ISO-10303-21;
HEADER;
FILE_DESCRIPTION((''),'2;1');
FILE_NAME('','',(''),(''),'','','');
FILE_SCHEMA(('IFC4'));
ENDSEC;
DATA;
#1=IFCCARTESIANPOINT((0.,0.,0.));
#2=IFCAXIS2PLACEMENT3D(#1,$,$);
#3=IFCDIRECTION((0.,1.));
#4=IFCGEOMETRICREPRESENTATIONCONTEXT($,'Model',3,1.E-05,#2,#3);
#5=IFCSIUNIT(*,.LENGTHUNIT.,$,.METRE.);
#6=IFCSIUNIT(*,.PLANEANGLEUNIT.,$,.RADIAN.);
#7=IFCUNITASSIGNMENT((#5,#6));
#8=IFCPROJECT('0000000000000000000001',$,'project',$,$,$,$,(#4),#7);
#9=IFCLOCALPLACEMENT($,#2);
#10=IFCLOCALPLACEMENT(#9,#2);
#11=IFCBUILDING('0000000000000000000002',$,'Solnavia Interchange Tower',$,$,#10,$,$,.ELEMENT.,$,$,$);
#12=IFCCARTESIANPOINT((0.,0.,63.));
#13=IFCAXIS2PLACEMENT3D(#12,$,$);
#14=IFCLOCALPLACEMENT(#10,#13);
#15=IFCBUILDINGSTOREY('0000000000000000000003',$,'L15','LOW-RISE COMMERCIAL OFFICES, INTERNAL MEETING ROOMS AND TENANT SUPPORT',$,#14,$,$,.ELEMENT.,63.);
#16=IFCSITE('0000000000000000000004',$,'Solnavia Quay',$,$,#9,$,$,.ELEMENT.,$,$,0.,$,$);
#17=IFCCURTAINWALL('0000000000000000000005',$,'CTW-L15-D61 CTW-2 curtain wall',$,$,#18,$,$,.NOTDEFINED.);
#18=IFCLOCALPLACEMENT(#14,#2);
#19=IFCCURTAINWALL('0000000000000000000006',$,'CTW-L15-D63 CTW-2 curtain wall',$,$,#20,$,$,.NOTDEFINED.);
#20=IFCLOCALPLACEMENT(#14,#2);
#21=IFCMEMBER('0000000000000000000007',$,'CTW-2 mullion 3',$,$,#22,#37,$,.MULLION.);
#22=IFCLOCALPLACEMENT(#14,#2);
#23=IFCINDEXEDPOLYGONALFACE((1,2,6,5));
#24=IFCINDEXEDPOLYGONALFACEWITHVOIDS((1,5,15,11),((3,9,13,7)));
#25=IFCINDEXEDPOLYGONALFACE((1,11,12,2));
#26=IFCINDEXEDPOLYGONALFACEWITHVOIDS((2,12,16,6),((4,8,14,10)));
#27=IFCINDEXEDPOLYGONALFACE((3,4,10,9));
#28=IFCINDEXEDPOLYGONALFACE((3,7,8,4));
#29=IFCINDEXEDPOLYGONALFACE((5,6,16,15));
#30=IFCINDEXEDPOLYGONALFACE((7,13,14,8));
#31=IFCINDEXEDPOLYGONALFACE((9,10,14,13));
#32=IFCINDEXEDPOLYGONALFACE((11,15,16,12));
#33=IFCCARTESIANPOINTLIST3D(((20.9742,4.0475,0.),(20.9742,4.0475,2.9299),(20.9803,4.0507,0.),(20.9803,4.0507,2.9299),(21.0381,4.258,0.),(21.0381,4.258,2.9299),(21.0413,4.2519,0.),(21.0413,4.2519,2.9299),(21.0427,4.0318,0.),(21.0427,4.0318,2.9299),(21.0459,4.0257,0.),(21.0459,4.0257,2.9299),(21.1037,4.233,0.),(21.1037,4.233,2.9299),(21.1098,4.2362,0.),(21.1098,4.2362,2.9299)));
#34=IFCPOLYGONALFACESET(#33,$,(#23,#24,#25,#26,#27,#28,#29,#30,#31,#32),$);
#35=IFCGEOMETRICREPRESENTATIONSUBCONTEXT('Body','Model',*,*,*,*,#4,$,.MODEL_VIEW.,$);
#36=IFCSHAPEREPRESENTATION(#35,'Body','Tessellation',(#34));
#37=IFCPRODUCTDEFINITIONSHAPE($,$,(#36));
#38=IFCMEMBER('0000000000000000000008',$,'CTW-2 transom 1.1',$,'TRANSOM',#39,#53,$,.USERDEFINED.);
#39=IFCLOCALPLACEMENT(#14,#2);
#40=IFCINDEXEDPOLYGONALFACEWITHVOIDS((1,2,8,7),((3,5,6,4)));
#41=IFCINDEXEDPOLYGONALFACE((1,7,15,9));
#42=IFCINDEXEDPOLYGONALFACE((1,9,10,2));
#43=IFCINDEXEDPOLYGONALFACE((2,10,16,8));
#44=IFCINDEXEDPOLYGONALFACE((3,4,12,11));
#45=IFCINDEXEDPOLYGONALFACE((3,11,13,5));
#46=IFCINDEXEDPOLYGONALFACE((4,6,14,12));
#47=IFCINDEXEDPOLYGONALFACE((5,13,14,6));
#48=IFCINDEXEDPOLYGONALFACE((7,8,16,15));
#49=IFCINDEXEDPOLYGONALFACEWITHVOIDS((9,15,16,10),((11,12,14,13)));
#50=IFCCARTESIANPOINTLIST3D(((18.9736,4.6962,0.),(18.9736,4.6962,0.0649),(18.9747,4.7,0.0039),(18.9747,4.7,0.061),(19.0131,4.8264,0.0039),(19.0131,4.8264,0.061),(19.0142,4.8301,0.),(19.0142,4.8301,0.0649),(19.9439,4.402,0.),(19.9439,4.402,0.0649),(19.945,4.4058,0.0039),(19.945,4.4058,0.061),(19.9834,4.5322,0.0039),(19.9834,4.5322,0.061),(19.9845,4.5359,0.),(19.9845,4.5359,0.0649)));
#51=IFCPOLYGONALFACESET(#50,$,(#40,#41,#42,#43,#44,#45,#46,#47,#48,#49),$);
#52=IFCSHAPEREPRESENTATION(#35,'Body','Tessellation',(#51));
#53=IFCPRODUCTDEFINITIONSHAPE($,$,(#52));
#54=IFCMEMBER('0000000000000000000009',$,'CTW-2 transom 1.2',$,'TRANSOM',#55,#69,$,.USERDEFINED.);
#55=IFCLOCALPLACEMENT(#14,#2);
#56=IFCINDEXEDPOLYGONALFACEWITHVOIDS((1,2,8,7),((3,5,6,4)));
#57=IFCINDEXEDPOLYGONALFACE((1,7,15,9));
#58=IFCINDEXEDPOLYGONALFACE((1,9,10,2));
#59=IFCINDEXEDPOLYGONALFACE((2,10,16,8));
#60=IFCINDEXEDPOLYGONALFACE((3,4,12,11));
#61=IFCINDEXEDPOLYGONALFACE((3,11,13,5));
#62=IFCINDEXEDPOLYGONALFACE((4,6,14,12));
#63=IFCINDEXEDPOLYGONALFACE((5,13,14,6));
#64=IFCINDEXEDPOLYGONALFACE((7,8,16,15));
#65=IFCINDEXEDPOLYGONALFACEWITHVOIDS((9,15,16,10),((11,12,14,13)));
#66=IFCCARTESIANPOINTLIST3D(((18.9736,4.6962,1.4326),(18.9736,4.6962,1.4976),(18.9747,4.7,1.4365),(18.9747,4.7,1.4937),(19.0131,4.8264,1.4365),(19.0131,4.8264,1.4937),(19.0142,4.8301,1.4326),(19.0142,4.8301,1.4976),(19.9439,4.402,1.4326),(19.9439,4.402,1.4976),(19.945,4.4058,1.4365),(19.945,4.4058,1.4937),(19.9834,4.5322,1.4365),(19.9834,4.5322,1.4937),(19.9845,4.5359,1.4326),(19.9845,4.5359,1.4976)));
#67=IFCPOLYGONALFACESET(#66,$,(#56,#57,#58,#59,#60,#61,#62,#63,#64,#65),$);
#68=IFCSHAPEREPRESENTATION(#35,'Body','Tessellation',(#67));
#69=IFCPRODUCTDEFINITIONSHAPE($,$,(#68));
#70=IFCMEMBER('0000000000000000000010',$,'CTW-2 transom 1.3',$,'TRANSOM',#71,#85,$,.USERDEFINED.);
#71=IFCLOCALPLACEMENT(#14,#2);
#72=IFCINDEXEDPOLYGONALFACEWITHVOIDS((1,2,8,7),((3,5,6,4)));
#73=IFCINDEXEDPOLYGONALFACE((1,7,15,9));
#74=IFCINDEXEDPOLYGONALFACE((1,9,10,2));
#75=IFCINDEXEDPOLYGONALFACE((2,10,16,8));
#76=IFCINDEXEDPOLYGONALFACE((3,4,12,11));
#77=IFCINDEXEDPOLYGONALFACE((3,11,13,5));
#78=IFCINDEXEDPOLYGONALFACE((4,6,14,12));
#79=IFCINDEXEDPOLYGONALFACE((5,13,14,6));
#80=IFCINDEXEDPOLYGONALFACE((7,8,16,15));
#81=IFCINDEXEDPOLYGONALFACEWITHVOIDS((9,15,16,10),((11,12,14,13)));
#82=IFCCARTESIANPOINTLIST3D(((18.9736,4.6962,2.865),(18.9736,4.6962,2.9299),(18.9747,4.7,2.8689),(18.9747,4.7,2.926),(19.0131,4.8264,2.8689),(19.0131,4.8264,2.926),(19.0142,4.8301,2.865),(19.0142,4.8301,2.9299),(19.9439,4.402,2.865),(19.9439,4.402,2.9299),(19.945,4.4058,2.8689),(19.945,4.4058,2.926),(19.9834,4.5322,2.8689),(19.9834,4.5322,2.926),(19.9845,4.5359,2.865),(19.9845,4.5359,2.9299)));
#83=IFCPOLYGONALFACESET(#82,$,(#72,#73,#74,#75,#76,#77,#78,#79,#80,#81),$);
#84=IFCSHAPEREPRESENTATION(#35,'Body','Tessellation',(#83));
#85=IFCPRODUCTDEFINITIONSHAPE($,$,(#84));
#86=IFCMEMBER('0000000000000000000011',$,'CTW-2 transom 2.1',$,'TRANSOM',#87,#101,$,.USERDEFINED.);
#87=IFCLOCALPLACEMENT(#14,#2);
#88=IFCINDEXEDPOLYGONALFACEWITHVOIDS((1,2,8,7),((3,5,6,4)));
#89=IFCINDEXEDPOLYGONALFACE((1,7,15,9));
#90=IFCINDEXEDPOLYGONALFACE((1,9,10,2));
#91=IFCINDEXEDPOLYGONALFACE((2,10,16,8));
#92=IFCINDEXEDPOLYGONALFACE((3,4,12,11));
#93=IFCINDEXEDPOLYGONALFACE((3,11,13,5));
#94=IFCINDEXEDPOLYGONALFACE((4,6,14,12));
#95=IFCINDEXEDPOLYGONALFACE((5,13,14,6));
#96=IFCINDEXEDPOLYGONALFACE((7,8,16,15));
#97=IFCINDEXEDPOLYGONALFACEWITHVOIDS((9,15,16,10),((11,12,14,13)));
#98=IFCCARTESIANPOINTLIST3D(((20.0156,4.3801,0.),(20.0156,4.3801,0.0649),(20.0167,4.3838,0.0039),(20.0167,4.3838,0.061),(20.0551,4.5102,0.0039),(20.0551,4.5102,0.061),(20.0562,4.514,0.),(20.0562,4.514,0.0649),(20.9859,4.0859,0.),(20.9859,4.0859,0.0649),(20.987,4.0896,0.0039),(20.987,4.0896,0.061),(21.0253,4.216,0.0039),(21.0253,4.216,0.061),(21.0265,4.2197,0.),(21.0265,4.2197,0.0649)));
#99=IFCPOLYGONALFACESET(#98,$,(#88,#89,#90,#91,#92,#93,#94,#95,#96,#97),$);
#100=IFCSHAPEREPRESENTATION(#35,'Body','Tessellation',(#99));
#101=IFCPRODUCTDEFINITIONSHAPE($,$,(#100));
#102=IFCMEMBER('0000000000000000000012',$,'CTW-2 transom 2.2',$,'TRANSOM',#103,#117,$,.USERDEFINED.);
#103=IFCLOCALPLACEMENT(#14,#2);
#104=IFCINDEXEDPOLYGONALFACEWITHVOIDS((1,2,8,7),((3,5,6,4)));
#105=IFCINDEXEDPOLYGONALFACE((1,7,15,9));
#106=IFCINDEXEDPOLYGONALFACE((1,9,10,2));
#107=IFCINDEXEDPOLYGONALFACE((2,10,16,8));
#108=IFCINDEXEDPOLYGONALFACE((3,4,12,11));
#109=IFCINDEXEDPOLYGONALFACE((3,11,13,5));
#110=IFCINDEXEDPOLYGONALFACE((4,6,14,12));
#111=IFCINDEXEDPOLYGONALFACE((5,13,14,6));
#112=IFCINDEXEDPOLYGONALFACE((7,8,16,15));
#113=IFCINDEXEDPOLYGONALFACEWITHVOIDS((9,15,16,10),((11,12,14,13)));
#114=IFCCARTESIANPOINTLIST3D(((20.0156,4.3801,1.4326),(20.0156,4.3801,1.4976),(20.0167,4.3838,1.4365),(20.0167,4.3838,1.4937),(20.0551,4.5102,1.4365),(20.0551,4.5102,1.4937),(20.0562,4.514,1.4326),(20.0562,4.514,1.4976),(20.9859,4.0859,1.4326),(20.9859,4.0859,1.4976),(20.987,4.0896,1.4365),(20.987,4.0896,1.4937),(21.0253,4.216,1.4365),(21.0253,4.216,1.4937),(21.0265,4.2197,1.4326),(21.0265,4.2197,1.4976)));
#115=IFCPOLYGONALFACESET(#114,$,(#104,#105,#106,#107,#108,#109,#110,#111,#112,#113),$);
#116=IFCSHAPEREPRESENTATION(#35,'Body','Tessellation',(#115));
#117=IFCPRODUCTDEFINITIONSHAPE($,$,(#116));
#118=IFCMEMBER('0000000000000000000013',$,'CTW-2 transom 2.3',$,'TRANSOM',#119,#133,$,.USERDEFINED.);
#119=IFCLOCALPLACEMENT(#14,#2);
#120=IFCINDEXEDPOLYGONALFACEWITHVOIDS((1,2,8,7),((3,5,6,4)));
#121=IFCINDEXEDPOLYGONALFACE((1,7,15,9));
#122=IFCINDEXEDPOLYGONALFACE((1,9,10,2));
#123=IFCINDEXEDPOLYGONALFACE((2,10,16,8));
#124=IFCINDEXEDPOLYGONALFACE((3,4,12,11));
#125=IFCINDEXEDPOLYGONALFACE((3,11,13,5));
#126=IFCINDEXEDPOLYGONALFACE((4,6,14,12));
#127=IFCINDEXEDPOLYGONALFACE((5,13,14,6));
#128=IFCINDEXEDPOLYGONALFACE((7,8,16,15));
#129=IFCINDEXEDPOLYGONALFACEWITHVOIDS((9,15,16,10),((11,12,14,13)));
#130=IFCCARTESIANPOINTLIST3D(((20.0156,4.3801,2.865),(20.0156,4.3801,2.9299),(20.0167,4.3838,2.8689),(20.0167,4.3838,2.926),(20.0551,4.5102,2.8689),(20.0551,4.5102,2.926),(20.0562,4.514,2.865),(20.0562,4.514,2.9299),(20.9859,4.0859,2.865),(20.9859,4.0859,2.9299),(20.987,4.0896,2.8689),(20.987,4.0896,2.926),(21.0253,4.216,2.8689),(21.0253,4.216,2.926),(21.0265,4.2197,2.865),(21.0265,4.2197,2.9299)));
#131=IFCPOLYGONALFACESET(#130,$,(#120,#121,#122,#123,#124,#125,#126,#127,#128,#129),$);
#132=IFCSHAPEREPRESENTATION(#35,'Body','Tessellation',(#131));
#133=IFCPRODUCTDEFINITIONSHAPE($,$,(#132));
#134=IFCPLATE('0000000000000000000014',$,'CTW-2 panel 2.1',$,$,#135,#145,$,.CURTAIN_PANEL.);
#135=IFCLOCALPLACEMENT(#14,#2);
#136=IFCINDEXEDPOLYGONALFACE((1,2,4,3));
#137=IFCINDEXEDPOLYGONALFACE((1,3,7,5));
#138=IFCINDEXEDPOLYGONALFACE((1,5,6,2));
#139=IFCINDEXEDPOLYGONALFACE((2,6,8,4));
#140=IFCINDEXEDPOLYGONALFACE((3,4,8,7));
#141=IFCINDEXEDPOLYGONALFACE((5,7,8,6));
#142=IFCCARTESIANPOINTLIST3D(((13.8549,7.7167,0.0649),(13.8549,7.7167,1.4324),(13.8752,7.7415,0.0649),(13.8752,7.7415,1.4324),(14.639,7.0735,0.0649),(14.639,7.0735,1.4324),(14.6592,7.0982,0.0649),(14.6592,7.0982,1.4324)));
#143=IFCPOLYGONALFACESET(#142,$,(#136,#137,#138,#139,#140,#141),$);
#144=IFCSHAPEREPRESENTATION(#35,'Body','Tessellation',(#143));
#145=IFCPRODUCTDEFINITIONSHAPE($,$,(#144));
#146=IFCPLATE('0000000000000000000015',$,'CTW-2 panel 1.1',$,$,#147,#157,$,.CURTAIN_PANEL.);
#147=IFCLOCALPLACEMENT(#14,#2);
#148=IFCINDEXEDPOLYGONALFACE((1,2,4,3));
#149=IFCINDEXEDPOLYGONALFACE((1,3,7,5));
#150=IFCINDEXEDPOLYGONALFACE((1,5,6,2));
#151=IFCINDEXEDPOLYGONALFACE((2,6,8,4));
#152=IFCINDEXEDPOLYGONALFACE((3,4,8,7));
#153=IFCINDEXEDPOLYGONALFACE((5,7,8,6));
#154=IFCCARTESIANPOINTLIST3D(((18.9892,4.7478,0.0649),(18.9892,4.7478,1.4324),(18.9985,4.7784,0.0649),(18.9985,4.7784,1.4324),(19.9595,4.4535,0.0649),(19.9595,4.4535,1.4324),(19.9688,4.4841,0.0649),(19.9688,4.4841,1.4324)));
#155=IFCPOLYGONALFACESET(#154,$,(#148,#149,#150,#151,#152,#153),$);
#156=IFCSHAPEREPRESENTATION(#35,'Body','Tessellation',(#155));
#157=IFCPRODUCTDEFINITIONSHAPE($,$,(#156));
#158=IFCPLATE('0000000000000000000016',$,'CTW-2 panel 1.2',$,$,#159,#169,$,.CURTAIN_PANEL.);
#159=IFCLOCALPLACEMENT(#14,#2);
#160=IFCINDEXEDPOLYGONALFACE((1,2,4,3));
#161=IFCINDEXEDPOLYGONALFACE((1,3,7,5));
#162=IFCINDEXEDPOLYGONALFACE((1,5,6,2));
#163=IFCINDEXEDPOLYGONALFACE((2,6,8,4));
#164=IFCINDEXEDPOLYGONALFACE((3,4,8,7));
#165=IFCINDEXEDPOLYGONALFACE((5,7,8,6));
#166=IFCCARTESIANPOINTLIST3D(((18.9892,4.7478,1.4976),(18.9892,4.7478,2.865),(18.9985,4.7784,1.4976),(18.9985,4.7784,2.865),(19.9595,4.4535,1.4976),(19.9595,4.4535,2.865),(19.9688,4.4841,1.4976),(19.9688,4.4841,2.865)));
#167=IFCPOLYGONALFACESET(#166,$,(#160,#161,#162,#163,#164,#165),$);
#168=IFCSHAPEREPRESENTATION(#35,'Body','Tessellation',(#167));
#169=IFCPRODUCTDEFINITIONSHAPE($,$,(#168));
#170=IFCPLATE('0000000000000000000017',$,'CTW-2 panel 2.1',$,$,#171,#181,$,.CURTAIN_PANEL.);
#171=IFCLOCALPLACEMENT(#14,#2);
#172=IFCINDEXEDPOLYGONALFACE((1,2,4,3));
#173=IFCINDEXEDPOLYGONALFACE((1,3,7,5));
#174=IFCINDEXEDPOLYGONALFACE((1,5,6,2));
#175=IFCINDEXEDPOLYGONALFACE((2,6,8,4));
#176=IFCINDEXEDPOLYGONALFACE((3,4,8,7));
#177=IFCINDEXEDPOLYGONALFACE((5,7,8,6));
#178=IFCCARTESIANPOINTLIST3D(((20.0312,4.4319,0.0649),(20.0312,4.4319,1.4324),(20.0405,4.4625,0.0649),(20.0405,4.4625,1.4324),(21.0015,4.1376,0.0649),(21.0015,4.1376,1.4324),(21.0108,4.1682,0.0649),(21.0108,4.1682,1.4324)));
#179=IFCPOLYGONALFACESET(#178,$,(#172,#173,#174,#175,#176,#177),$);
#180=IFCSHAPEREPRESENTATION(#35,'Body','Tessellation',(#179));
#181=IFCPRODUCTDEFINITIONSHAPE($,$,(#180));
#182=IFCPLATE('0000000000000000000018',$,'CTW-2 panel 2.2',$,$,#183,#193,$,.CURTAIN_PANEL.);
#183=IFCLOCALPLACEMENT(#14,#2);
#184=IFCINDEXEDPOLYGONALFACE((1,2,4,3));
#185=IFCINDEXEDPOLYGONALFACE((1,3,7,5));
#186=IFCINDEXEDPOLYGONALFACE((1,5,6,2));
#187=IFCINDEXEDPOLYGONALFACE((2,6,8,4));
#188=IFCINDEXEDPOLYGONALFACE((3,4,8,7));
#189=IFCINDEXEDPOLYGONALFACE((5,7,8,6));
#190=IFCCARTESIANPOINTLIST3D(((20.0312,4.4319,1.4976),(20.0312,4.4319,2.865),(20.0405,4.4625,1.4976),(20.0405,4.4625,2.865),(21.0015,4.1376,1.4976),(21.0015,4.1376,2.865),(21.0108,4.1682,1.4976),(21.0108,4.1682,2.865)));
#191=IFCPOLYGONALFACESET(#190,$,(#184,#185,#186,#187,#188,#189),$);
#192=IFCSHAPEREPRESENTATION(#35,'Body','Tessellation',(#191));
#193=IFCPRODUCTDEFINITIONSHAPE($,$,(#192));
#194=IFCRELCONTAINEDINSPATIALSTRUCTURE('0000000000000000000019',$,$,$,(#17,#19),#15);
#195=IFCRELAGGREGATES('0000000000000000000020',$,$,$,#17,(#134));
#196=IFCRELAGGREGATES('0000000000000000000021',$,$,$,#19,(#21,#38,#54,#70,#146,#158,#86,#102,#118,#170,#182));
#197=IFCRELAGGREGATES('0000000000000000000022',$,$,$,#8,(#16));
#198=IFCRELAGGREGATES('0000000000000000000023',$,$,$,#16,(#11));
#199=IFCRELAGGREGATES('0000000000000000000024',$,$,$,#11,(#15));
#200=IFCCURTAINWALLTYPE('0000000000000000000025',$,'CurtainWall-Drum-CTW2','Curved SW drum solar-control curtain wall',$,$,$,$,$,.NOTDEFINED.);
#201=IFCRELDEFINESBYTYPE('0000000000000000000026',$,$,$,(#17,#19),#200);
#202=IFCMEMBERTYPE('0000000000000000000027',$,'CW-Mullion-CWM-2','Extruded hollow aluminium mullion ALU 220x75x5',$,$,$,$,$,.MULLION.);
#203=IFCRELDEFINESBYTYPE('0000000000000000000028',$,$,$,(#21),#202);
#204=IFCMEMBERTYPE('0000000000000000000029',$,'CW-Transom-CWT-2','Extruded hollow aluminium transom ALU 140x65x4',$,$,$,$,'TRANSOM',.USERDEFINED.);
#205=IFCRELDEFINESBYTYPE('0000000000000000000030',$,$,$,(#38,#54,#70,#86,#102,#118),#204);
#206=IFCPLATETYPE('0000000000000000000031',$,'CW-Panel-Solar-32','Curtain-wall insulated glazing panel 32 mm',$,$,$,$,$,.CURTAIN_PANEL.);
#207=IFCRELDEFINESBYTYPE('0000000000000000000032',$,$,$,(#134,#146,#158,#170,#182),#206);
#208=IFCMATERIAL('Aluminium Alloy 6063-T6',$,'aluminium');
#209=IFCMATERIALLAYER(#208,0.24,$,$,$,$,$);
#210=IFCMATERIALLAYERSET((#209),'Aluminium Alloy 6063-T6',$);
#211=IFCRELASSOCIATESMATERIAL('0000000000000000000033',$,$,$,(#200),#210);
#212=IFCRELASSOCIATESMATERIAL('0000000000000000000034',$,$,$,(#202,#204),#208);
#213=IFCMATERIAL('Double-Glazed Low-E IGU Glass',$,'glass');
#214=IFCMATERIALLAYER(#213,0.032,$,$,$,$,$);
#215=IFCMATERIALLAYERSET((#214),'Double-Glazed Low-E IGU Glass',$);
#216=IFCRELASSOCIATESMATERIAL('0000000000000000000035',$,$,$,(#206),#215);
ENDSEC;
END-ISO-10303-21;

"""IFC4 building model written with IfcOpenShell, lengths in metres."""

from ifc_helpers import new_model, si_unit, direction, frame, origin, origin_2d, place, context, subcontext, project, spatial, rectangle, hollow_rectangle, extrude, material, layer, layer_set, material_profile, profile_set, type_object, element, aggregate, save


model = new_model("IFC4")

# Units and contexts
model_context = context("Model", 3, precision=1e-05, world=origin(), true_north=direction((0.0, 1.0)))
body_context = subcontext(model_context, "Body", "Model", "MODEL_VIEW")
ifc_project = project(units=[si_unit("LENGTHUNIT", "METRE"), si_unit("PLANEANGLEUNIT", "RADIAN")], contexts=[model_context])

# Site, building, storey
site_placement = place(None, origin())
site = spatial("IfcSite", under=ifc_project, at=site_placement, Name="Solnavia Quay", CompositionType="ELEMENT", RefElevation=0.0)
building_placement = place(site_placement, origin())
building = spatial("IfcBuilding", under=site, at=building_placement, Name="Solnavia Interchange Tower", CompositionType="ELEMENT")
storey_placement = place(building_placement, frame((0.0, 0.0, 63.0)))
storey = spatial("IfcBuildingStorey", under=building, at=storey_placement, Name="L15", Description="LOW-RISE COMMERCIAL OFFICES, INTERNAL MEETING ROOMS AND TENANT SUPPORT", CompositionType="ELEMENT", Elevation=63.0)

# Curtain wall
ifc_material_1 = material(Name="Aluminium Alloy 6063-T6", Category="aluminium")
ifc_layer_1 = layer(ifc_material_1, 0.24)
ifc_layer_set_1 = layer_set([ifc_layer_1], Name="Aluminium Alloy 6063-T6")
curtain_wall_type = type_object("IfcCurtainWallType", Name="CurtainWall-Drum-CTW2", Description="Curved SW drum solar-control curtain wall", PredefinedType="NOTDEFINED", material=ifc_layer_set_1)
curtain_wall_1_placement = place(storey_placement, origin())
curtain_wall_1 = element("IfcCurtainWall", 1, at=curtain_wall_1_placement, inside=storey, type_object=curtain_wall_type, Name="CTW-L15-D61 CTW-2 curtain wall", PredefinedType="NOTDEFINED")
ifc_material_profile_1 = material_profile(ifc_material_1, hollow_rectangle(XDim=0.075, YDim=0.22, WallThickness=0.0049, at=origin_2d()), Name="ALU 220x75x5")
ifc_profile_set_1 = profile_set([ifc_material_profile_1], Name="Aluminium Alloy 6063-T6")
member_type_1 = type_object("IfcMemberType", Name="CW-Mullion-CWM-2", Description="Extruded hollow aluminium mullion ALU 220x75x5", PredefinedType="MULLION", material=ifc_profile_set_1)

# Curtain wall, members
curtain_wall_2_placement = place(storey_placement, origin())
curtain_wall_2 = element("IfcCurtainWall", 2, at=curtain_wall_2_placement, inside=storey, type_object=curtain_wall_type, Name="CTW-L15-D63 CTW-2 curtain wall", PredefinedType="NOTDEFINED")
member_1_placement = place(storey_placement, frame((21.042, 4.1418, 0.0), z_axis=(0.0, 0.0, 1.0), x_axis=(0.956935, -0.290303, 0.0)))
member_1 = element("IfcMember", 3, at=member_1_placement, type_object=member_type_1, Name="CTW-2 mullion 3", PredefinedType="MULLION", context=body_context, shape_type="SweptSolid", body=[
    extrude(hollow_rectangle(XDim=0.075, YDim=0.22, WallThickness=0.0049, at=origin_2d()), origin(), (0.0, 0.0, 1.0), 2.9299),
])
ifc_material_profile_2 = material_profile(ifc_material_1, hollow_rectangle(XDim=0.0649, YDim=0.1399, WallThickness=0.0039, at=origin_2d()), Name="ALU 140x65x4")
ifc_profile_set_2 = profile_set([ifc_material_profile_2], Name="Aluminium Alloy 6063-T6")
member_type_2 = type_object("IfcMemberType", Name="CW-Transom-CWT-2", Description="Extruded hollow aluminium transom ALU 140x65x4", ElementType="TRANSOM", PredefinedType="USERDEFINED", material=ifc_profile_set_2)
member_2_placement = place(storey_placement, frame((18.9939, 4.7632, 0.0325), z_axis=(0.956974, -0.290174, 0.0), x_axis=(0.0, 0.0, 1.0)))
member_2 = element("IfcMember", 4, at=member_2_placement, type_object=member_type_2, Name="CTW-2 transom 1.1", ObjectType="TRANSOM", PredefinedType="USERDEFINED", context=body_context, shape_type="SweptSolid", body=[
    extrude(hollow_rectangle(XDim=0.0649, YDim=0.1399, WallThickness=0.0039, at=origin_2d()), origin(), (0.0, 0.0, 1.0), 1.0139),
])
member_3_placement = place(storey_placement, frame((18.9939, 4.7632, 1.4651), z_axis=(0.956974, -0.290174, 0.0), x_axis=(0.0, 0.0, 1.0)))
member_3 = element("IfcMember", 5, at=member_3_placement, type_object=member_type_2, Name="CTW-2 transom 1.2", ObjectType="TRANSOM", PredefinedType="USERDEFINED", context=body_context, shape_type="SweptSolid", body=[
    extrude(hollow_rectangle(XDim=0.0649, YDim=0.1399, WallThickness=0.0039, at=origin_2d()), origin(), (0.0, 0.0, 1.0), 1.0139),
])
member_4_placement = place(storey_placement, frame((18.9939, 4.7632, 2.8975), z_axis=(0.956974, -0.290174, 0.0), x_axis=(0.0, 0.0, 1.0)))
member_4 = element("IfcMember", 6, at=member_4_placement, type_object=member_type_2, Name="CTW-2 transom 1.3", ObjectType="TRANSOM", PredefinedType="USERDEFINED", context=body_context, shape_type="SweptSolid", body=[
    extrude(hollow_rectangle(XDim=0.0649, YDim=0.1399, WallThickness=0.0039, at=origin_2d()), origin(), (0.0, 0.0, 1.0), 1.0139),
])
member_5_placement = place(storey_placement, frame((20.0359, 4.447, 0.0325), z_axis=(0.956974, -0.290174, 0.0), x_axis=(0.0, 0.0, 1.0)))
member_5 = element("IfcMember", 7, at=member_5_placement, type_object=member_type_2, Name="CTW-2 transom 2.1", ObjectType="TRANSOM", PredefinedType="USERDEFINED", context=body_context, shape_type="SweptSolid", body=[
    extrude(hollow_rectangle(XDim=0.0649, YDim=0.1399, WallThickness=0.0039, at=origin_2d()), origin(), (0.0, 0.0, 1.0), 1.0139),
])
member_6_placement = place(storey_placement, frame((20.0359, 4.447, 1.4651), z_axis=(0.956974, -0.290174, 0.0), x_axis=(0.0, 0.0, 1.0)))
member_6 = element("IfcMember", 8, at=member_6_placement, type_object=member_type_2, Name="CTW-2 transom 2.2", ObjectType="TRANSOM", PredefinedType="USERDEFINED", context=body_context, shape_type="SweptSolid", body=[
    extrude(hollow_rectangle(XDim=0.0649, YDim=0.1399, WallThickness=0.0039, at=origin_2d()), origin(), (0.0, 0.0, 1.0), 1.0139),
])
member_7_placement = place(storey_placement, frame((20.0359, 4.447, 2.8975), z_axis=(0.956974, -0.290174, 0.0), x_axis=(0.0, 0.0, 1.0)))
member_7 = element("IfcMember", 9, at=member_7_placement, type_object=member_type_2, Name="CTW-2 transom 2.3", ObjectType="TRANSOM", PredefinedType="USERDEFINED", context=body_context, shape_type="SweptSolid", body=[
    extrude(hollow_rectangle(XDim=0.0649, YDim=0.1399, WallThickness=0.0039, at=origin_2d()), origin(), (0.0, 0.0, 1.0), 1.0139),
])

# Plates
ifc_material_2 = material(Name="Double-Glazed Low-E IGU Glass", Category="glass")
ifc_layer_2 = layer(ifc_material_2, 0.032)
ifc_layer_set_2 = layer_set([ifc_layer_2], Name="Double-Glazed Low-E IGU Glass")
plate_type = type_object("IfcPlateType", Name="CW-Panel-Solar-32", Description="Curtain-wall insulated glazing panel 32 mm", PredefinedType="CURTAIN_PANEL", material=ifc_layer_set_2)
plate_1_placement = place(storey_placement, frame((14.2571, 7.4075, 0.0649), z_axis=(0.0, 0.0, 1.0), x_axis=(0.773095, -0.634291, 0.0)))
plate_1 = element("IfcPlate", 10, at=plate_1_placement, type_object=plate_type, Name="CTW-2 panel 2.1", PredefinedType="CURTAIN_PANEL", context=body_context, shape_type="SweptSolid", body=[
    extrude(rectangle(XDim=1.0142, YDim=0.032, at=origin_2d()), origin(), (0.0, 0.0, 1.0), 1.3674),
])
aggregate(curtain_wall_1, [plate_1])
plate_2_placement = place(storey_placement, frame((19.479, 4.616, 0.0649), z_axis=(0.0, 0.0, 1.0), x_axis=(0.956935, -0.290303, 0.0)))
plate_2 = element("IfcPlate", 11, at=plate_2_placement, type_object=plate_type, Name="CTW-2 panel 1.1", PredefinedType="CURTAIN_PANEL", context=body_context, shape_type="SweptSolid", body=[
    extrude(rectangle(XDim=1.0139, YDim=0.032, at=origin_2d()), origin(), (0.0, 0.0, 1.0), 1.3674),
])
plate_3_placement = place(storey_placement, frame((19.479, 4.616, 1.4976), z_axis=(0.0, 0.0, 1.0), x_axis=(0.956935, -0.290303, 0.0)))
plate_3 = element("IfcPlate", 12, at=plate_3_placement, type_object=plate_type, Name="CTW-2 panel 1.2", PredefinedType="CURTAIN_PANEL", context=body_context, shape_type="SweptSolid", body=[
    extrude(rectangle(XDim=1.0139, YDim=0.032, at=origin_2d()), origin(), (0.0, 0.0, 1.0), 1.3674),
])
plate_4_placement = place(storey_placement, frame((20.521, 4.3, 0.0649), z_axis=(0.0, 0.0, 1.0), x_axis=(0.956935, -0.290303, 0.0)))
plate_4 = element("IfcPlate", 13, at=plate_4_placement, type_object=plate_type, Name="CTW-2 panel 2.1", PredefinedType="CURTAIN_PANEL", context=body_context, shape_type="SweptSolid", body=[
    extrude(rectangle(XDim=1.0139, YDim=0.032, at=origin_2d()), origin(), (0.0, 0.0, 1.0), 1.3674),
])
plate_5_placement = place(storey_placement, frame((20.521, 4.3, 1.4976), z_axis=(0.0, 0.0, 1.0), x_axis=(0.956935, -0.290303, 0.0)))
plate_5 = element("IfcPlate", 14, at=plate_5_placement, type_object=plate_type, Name="CTW-2 panel 2.2", PredefinedType="CURTAIN_PANEL", context=body_context, shape_type="SweptSolid", body=[
    extrude(rectangle(XDim=1.0139, YDim=0.032, at=origin_2d()), origin(), (0.0, 0.0, 1.0), 1.3674),
])
aggregate(curtain_wall_2, [member_1, member_2, member_3, member_4, plate_2, plate_3, member_5, member_6, member_7, plate_4, plate_5])

save(model, "model.ifc")
